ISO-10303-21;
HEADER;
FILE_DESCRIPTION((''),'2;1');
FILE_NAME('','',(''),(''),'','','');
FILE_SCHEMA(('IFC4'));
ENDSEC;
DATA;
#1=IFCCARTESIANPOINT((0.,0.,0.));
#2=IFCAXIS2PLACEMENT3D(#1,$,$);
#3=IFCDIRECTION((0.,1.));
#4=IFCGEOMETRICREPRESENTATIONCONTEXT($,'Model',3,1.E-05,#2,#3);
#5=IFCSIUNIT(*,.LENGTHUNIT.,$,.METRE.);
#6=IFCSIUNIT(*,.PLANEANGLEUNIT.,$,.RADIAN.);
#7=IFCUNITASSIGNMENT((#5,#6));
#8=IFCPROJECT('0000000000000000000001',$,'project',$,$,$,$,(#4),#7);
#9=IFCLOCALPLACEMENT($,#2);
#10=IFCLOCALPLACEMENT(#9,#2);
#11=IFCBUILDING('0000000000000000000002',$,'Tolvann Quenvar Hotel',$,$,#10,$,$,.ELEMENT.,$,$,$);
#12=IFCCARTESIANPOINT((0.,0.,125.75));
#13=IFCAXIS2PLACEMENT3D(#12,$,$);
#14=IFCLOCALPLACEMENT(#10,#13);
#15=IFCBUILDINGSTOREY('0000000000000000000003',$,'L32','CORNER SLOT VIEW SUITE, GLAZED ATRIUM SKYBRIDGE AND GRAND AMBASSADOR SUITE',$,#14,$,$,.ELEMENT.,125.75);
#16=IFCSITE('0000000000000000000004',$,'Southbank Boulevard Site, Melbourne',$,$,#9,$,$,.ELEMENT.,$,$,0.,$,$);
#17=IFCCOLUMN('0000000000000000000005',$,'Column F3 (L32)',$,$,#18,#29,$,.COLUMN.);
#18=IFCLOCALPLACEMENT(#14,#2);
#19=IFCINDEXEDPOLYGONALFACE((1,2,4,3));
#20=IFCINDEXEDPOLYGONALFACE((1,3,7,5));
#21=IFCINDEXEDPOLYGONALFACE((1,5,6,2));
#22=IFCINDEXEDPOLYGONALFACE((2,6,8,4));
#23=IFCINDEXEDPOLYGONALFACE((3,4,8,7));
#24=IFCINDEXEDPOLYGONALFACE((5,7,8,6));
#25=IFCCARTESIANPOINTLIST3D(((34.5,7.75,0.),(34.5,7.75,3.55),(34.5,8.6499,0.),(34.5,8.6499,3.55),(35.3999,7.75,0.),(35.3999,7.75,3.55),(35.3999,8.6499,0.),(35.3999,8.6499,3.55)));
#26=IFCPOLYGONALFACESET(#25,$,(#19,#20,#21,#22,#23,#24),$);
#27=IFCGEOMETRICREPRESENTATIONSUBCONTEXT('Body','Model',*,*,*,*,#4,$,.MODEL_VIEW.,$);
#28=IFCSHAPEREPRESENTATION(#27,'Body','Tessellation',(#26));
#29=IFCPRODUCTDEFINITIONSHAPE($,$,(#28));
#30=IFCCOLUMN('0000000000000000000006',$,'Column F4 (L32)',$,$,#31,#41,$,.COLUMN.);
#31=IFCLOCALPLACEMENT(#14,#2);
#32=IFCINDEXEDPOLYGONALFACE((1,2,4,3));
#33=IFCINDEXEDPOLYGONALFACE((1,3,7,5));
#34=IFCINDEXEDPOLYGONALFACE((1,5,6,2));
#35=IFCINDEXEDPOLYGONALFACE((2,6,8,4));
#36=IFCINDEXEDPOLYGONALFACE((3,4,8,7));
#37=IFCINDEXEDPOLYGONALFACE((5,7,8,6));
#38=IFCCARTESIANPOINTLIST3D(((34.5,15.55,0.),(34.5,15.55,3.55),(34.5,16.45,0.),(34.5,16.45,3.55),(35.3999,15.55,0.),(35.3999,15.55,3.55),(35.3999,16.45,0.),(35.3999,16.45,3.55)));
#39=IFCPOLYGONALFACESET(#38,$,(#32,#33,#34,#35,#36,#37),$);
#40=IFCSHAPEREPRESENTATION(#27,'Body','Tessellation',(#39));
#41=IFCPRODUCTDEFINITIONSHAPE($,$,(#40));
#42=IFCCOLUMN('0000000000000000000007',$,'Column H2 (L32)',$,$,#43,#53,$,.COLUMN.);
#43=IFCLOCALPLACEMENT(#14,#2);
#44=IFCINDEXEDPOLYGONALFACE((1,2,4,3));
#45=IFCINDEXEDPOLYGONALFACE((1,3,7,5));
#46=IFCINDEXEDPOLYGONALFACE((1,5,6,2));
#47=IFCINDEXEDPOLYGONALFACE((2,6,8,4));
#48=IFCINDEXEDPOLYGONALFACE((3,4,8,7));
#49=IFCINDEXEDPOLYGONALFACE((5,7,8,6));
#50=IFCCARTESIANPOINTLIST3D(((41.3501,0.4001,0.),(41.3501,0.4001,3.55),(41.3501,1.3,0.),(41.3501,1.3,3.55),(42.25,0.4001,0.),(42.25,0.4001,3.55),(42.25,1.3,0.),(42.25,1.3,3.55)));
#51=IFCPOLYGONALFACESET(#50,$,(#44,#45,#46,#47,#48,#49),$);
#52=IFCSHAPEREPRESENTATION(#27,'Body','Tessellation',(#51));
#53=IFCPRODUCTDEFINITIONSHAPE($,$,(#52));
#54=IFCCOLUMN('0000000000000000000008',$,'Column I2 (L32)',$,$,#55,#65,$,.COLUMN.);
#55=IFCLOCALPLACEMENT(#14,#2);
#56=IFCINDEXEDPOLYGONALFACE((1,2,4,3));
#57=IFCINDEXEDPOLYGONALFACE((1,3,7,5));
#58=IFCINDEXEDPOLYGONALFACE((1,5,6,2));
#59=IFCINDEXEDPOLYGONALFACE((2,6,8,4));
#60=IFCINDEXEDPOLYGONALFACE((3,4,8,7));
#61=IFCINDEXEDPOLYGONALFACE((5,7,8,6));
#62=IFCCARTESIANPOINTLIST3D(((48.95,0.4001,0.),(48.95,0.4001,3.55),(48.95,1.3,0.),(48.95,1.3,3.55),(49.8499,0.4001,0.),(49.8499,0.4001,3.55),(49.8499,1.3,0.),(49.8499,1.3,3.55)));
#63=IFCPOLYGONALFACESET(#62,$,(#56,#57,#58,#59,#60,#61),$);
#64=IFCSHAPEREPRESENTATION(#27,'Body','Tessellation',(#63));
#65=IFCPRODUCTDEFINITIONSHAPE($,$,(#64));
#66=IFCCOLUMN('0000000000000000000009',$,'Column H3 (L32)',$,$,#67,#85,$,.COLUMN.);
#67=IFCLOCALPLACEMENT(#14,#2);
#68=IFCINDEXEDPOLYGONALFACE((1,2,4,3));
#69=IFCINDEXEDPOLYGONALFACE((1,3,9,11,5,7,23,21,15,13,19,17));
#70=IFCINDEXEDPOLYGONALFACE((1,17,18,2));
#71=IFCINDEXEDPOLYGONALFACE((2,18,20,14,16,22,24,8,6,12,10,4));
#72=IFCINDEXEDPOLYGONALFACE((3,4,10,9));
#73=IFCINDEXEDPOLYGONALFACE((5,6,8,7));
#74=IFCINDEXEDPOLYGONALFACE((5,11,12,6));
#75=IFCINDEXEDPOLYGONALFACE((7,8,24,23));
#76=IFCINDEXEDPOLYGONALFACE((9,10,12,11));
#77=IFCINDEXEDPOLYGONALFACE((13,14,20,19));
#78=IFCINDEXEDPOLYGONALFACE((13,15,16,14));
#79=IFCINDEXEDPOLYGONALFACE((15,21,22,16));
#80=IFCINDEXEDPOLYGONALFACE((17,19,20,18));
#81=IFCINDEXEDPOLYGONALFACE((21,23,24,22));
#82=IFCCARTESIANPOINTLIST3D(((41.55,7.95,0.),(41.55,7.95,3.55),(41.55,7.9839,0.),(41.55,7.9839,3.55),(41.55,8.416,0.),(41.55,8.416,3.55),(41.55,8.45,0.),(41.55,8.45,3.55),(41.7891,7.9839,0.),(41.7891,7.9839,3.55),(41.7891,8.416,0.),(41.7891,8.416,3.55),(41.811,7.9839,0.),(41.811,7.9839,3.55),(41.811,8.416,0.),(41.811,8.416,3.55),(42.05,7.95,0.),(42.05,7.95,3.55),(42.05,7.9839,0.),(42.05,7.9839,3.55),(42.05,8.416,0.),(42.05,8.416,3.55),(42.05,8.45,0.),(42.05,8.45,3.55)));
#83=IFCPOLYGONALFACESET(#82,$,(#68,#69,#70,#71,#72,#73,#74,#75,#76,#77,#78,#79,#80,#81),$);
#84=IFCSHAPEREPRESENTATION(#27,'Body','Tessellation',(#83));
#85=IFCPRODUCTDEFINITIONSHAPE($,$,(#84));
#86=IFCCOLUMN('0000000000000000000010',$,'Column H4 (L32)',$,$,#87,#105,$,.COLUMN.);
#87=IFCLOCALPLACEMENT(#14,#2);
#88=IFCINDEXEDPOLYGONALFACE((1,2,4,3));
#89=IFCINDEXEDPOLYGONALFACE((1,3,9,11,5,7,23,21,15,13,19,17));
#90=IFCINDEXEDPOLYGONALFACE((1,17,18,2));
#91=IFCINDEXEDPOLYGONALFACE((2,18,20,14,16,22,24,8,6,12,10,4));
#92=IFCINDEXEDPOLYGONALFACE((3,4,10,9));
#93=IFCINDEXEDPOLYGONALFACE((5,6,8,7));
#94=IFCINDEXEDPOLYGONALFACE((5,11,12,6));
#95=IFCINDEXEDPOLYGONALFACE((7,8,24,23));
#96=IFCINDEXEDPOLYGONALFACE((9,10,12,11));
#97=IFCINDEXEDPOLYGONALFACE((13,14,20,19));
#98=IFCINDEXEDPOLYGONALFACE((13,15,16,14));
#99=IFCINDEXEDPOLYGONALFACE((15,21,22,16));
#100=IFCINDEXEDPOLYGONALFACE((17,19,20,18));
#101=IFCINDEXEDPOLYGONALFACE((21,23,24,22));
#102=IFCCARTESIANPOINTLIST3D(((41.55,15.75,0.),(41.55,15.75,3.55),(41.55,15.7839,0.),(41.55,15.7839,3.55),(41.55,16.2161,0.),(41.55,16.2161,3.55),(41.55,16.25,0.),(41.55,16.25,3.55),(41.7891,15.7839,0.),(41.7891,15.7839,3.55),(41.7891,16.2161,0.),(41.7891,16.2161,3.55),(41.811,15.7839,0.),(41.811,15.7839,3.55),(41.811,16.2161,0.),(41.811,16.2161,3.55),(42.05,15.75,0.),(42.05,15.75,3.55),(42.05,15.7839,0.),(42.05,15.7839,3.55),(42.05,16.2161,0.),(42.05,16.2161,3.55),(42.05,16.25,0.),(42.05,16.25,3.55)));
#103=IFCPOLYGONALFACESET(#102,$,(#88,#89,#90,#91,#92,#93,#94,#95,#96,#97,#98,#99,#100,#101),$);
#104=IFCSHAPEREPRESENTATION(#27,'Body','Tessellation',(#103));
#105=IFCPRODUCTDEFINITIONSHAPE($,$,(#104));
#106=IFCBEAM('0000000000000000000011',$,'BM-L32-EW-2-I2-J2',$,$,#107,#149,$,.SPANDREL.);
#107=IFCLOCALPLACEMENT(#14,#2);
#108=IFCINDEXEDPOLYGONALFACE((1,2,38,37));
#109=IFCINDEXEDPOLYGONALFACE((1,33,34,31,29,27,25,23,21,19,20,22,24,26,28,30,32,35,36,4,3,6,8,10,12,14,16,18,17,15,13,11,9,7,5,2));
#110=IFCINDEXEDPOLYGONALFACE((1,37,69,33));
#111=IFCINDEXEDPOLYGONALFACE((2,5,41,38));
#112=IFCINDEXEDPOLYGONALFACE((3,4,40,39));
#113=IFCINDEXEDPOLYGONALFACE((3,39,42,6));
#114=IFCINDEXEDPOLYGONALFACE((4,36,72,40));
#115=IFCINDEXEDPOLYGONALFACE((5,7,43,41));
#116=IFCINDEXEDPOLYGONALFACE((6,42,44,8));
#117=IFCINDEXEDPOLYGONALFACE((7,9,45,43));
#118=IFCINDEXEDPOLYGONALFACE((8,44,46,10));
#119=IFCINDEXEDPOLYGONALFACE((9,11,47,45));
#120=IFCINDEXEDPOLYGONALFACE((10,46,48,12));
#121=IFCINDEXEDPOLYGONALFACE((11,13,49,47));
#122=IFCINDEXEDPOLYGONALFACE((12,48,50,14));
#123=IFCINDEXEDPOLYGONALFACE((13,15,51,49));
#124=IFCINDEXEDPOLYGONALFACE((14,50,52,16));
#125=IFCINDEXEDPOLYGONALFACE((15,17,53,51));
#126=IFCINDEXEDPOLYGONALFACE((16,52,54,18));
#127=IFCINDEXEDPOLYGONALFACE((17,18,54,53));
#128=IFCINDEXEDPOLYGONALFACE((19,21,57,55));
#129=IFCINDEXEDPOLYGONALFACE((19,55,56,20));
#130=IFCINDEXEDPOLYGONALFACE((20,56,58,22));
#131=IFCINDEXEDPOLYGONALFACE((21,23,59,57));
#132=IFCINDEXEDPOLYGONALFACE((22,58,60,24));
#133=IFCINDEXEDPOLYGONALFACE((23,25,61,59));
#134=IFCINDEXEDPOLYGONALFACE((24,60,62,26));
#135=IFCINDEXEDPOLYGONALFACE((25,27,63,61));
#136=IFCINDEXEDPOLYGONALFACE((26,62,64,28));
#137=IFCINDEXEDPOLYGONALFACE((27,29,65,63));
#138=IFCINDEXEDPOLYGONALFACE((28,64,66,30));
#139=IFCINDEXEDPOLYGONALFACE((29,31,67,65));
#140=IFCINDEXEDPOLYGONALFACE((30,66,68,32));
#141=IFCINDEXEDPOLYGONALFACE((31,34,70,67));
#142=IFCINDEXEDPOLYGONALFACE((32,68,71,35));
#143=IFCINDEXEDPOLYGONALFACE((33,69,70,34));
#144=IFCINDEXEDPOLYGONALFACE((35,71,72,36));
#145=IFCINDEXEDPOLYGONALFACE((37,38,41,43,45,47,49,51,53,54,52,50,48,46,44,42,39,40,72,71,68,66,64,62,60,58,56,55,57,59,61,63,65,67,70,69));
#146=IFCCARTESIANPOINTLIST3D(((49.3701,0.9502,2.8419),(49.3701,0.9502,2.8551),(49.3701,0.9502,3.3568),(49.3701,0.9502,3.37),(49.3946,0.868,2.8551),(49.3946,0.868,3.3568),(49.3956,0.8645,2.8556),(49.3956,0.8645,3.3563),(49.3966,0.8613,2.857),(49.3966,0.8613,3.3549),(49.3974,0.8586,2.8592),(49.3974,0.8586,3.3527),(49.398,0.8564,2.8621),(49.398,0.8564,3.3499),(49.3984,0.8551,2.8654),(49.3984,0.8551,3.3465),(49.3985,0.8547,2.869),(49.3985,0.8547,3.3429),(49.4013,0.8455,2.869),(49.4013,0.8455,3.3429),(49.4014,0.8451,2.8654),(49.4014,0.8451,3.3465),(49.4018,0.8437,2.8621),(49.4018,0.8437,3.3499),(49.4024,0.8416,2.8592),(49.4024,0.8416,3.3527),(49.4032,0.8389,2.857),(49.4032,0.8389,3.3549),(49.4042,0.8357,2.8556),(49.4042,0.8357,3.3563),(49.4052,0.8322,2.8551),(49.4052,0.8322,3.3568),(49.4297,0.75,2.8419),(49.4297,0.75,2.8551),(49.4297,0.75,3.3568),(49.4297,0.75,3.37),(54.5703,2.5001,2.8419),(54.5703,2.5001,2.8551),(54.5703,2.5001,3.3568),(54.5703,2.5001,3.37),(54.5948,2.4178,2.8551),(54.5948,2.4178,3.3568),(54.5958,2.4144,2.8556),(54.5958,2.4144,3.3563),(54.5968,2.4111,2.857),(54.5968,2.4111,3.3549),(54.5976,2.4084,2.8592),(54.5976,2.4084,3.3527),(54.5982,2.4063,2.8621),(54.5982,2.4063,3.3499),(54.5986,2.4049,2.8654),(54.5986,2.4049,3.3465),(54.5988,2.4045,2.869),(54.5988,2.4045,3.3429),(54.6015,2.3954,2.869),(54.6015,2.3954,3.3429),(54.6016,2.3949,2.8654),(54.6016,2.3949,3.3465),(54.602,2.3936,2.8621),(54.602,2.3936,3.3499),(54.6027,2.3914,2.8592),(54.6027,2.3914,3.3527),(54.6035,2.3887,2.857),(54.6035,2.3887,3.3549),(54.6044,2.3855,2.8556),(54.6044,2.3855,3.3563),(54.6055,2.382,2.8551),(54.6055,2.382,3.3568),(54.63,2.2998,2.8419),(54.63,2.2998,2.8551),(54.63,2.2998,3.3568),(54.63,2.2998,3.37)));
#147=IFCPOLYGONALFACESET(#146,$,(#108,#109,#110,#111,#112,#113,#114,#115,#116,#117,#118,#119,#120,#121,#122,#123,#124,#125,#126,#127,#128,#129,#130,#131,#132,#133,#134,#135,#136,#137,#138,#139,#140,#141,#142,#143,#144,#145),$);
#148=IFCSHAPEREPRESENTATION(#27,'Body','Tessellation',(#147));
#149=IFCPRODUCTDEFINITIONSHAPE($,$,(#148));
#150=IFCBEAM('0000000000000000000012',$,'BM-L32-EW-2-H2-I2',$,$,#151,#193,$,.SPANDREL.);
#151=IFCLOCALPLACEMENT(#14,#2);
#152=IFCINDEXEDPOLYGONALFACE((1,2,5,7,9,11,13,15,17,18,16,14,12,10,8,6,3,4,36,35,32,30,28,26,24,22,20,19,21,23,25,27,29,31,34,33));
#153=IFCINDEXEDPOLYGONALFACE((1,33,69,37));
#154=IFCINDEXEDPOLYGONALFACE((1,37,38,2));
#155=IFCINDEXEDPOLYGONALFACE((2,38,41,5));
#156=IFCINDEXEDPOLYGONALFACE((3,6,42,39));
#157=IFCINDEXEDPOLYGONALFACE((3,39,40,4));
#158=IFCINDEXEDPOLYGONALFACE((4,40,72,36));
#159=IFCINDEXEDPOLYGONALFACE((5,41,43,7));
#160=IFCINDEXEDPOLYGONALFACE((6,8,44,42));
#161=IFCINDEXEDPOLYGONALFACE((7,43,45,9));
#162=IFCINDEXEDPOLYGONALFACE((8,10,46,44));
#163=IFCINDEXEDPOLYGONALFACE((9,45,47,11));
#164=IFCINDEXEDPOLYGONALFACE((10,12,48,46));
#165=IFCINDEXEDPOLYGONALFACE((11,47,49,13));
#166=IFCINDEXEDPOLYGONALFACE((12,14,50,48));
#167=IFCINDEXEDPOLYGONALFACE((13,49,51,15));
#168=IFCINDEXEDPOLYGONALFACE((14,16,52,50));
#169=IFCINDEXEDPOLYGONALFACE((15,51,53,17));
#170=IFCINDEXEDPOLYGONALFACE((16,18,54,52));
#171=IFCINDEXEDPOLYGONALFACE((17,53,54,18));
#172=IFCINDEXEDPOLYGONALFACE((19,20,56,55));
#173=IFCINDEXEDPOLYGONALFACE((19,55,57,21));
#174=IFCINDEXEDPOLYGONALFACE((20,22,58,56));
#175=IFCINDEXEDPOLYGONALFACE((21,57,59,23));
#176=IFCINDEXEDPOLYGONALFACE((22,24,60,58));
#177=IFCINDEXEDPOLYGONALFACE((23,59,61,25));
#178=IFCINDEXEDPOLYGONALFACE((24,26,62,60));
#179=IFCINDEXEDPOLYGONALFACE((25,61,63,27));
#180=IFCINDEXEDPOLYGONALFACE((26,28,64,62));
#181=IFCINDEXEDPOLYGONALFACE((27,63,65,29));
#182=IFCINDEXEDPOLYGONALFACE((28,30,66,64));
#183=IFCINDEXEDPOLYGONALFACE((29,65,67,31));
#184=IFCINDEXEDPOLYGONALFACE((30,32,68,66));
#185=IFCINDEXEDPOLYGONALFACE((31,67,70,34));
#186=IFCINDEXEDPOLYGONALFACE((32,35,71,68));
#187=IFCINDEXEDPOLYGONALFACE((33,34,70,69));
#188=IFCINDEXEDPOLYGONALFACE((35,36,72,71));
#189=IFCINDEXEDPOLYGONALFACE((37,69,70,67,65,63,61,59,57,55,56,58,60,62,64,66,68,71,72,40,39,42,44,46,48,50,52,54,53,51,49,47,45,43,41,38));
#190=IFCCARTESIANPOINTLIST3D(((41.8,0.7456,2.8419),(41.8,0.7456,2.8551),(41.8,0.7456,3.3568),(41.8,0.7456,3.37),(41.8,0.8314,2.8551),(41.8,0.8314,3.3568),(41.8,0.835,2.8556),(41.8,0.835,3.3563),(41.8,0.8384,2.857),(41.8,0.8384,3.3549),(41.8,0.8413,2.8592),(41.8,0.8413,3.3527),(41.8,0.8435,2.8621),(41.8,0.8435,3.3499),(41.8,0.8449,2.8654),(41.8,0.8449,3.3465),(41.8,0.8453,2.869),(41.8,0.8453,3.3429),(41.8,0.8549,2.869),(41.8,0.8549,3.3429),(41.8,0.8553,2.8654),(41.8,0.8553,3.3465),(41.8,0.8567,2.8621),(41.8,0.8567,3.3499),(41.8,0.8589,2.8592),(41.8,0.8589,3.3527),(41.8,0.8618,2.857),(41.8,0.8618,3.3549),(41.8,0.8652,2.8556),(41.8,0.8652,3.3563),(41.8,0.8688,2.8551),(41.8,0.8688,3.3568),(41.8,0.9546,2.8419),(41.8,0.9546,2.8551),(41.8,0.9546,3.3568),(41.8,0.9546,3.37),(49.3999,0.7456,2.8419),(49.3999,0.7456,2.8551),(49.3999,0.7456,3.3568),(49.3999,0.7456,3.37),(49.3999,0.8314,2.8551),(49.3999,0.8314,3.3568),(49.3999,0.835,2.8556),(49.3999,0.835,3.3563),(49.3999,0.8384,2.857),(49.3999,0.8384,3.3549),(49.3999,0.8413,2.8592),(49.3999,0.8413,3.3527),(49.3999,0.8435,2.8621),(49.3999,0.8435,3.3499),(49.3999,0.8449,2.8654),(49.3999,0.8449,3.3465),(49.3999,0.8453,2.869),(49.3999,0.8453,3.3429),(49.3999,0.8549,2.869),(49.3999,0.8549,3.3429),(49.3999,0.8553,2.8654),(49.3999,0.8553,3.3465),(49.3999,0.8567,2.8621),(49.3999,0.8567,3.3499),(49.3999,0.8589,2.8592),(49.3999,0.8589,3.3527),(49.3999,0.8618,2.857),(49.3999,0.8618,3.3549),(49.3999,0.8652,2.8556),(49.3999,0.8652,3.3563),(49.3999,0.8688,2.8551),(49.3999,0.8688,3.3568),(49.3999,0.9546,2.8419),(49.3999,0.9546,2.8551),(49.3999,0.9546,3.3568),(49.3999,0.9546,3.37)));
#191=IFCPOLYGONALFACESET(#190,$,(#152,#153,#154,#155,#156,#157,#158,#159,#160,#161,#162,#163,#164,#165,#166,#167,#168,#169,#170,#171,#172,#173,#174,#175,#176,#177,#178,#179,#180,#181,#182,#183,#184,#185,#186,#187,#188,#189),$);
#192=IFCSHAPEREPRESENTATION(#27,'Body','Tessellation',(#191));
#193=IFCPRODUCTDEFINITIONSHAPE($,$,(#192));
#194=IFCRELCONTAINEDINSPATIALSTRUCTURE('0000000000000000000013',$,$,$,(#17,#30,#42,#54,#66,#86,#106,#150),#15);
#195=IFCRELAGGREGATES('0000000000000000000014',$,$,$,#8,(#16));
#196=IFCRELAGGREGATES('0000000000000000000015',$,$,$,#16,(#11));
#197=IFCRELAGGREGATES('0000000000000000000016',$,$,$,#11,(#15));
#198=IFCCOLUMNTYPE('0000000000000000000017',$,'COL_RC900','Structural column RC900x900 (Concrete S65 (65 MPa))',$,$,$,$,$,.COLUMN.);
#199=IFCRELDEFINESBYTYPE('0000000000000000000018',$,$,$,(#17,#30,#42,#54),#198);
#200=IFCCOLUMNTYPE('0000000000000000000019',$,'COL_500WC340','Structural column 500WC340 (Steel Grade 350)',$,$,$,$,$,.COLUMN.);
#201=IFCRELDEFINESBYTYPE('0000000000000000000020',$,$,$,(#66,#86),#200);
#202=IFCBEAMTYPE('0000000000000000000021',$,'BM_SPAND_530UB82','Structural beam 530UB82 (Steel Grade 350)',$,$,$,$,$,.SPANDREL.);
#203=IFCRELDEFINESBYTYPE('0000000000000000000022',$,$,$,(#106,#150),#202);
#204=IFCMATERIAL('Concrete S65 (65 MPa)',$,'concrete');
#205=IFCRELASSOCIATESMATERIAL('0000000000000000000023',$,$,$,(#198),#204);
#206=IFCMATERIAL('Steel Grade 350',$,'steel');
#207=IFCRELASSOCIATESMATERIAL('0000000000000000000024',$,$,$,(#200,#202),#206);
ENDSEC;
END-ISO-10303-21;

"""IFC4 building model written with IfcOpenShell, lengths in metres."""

from ifc_helpers import new_model, si_unit, direction, frame, origin, origin_2d, place, context, subcontext, project, spatial, rectangle, i_section, extrude, source, transform, mapped, material, material_profile, profile_set, type_object, type_shapes, element, save


model = new_model("IFC4")

# Units and contexts
model_context = context("Model", 3, precision=1e-05, world=origin(), true_north=direction((0.0, 1.0)))
body_context = subcontext(model_context, "Body", "Model", "MODEL_VIEW")
ifc_project = project(units=[si_unit("LENGTHUNIT", "METRE"), si_unit("PLANEANGLEUNIT", "RADIAN")], contexts=[model_context])

# Site, building, storey
site_placement = place(None, origin())
site = spatial("IfcSite", under=ifc_project, at=site_placement, Name="Southbank Boulevard Site, Melbourne", CompositionType="ELEMENT", RefElevation=0.0)
building_placement = place(site_placement, origin())
building = spatial("IfcBuilding", under=site, at=building_placement, Name="Tolvann Quenvar Hotel", CompositionType="ELEMENT")
storey_placement = place(building_placement, frame((0.0, 0.0, 125.75)))
storey = spatial("IfcBuildingStorey", under=building, at=storey_placement, Name="L32", Description="CORNER SLOT VIEW SUITE, GLAZED ATRIUM SKYBRIDGE AND GRAND AMBASSADOR SUITE", CompositionType="ELEMENT", Elevation=125.75)

# Columns
ifc_material_1 = material(Name="Concrete S65 (65 MPa)", Category="concrete")
ifc_material_profile_1 = material_profile(ifc_material_1, rectangle(XDim=0.8999, YDim=0.8999, at=origin_2d()), Name="RC900x900")
ifc_profile_set_1 = profile_set([ifc_material_profile_1], Name="Concrete S65 (65 MPa)")
column_type_1 = type_object("IfcColumnType", Name="COL_RC900", Description="Structural column RC900x900 (Concrete S65 (65 MPa))", PredefinedType="COLUMN", material=ifc_profile_set_1)
shared_shape_1 = source(origin(), body_context, "Body", "SweptSolid", [
    extrude(rectangle(XDim=0.8999, YDim=0.8999, at=origin_2d()), origin(), (0.0, 0.0, 1.0), 3.55),
])
type_shapes(column_type_1, [shared_shape_1])
for number, where, z_axis, x_axis, name in (
    (1, (34.95, 8.2, 0.0), (0.0, 0.0, 1.0), (1.0, 0.0, 0.0), "Column F3 (L32)"),
    (2, (34.95, 16.0, 0.0), (0.0, 0.0, 1.0), (1.0, 0.0, 0.0), "Column F4 (L32)"),
    (3, (41.8, 0.8501, 0.0), (0.0, 0.0, 1.0), (1.0, 0.0, 0.0), "Column H2 (L32)"),
    (4, (49.3999, 0.8501, 0.0), (0.0, 0.0, 1.0), (1.0, 0.0, 0.0), "Column I2 (L32)"),
):
    element("IfcColumn", number, at=place(storey_placement, frame(where, z_axis=z_axis, x_axis=x_axis)), inside=storey, type_object=column_type_1, Name=name, PredefinedType="COLUMN", context=body_context, shape_type="MappedRepresentation", body=[
        mapped(shared_shape_1, transform((0.0, 0.0, 0.0), x_axis=(1.0, 0.0, 0.0), y_axis=(0.0, 1.0, 0.0), z_axis=(0.0, 0.0, 1.0), scale=1.0)),
    ])
ifc_material_2 = material(Name="Steel Grade 350", Category="steel")
ifc_material_profile_2 = material_profile(ifc_material_2, i_section(OverallWidth=0.5, OverallDepth=0.5, WebThickness=0.022, FlangeThickness=0.0339, at=origin_2d()), Name="500WC340")
ifc_profile_set_2 = profile_set([ifc_material_profile_2], Name="Steel Grade 350")
column_type_2 = type_object("IfcColumnType", Name="COL_500WC340", Description="Structural column 500WC340 (Steel Grade 350)", PredefinedType="COLUMN", material=ifc_profile_set_2)
shared_shape_2 = source(origin(), body_context, "Body", "SweptSolid", [
    extrude(i_section(OverallWidth=0.5, OverallDepth=0.5, WebThickness=0.022, FlangeThickness=0.0339, at=origin_2d()), origin(), (0.0, 0.0, 1.0), 3.55),
])
type_shapes(column_type_2, [shared_shape_2])
for number, where, z_axis, x_axis, name in (
    (5, (41.8, 8.2, 0.0), (0.0, 0.0, 1.0), (1.0, 0.0, 0.0), "Column H3 (L32)"),
    (6, (41.8, 16.0, 0.0), (0.0, 0.0, 1.0), (1.0, 0.0, 0.0), "Column H4 (L32)"),
):
    element("IfcColumn", number, at=place(storey_placement, frame(where, z_axis=z_axis, x_axis=x_axis)), inside=storey, type_object=column_type_2, Name=name, PredefinedType="COLUMN", context=body_context, shape_type="MappedRepresentation", body=[
        mapped(shared_shape_2, transform((0.0, 0.0, 0.0), x_axis=(1.0, 0.0, 0.0), y_axis=(0.0, 1.0, 0.0), z_axis=(0.0, 0.0, 1.0), scale=1.0)),
    ])

# Beams
ifc_material_profile_3 = material_profile(ifc_material_2, i_section(OverallWidth=0.209, OverallDepth=0.5281, WebThickness=0.0095, FlangeThickness=0.0132, FilletRadius=0.0139, at=origin_2d()), Name="530UB82")
ifc_profile_set_3 = profile_set([ifc_material_profile_3], Name="Steel Grade 350")
beam_type_1 = type_object("IfcBeamType", Name="BM_SPAND_530UB82", Description="Structural beam 530UB82 (Steel Grade 350)", PredefinedType="SPANDREL", material=ifc_profile_set_3)
shared_shape_3 = source(origin(), body_context, "Body", "SweptSolid", [
    extrude(i_section(OverallWidth=0.209, OverallDepth=0.5281, WebThickness=0.0095, FlangeThickness=0.0132, FilletRadius=0.0139, at=origin_2d()), origin(), (0.0, 0.0, 1.0), 5.4263),
])
beam_1_placement = place(storey_placement, frame((49.3999, 0.8501, 3.106), z_axis=(0.958345, 0.285614, 0.0), x_axis=(-0.285614, 0.958345, 0.0)))
element("IfcBeam", 7, at=beam_1_placement, inside=storey, type_object=beam_type_1, Name="BM-L32-EW-2-I2-J2", PredefinedType="SPANDREL", context=body_context, shape_type="MappedRepresentation", body=[
    mapped(shared_shape_3, transform((0.0, 0.0, 0.0), x_axis=(1.0, 0.0, 0.0), y_axis=(0.0, 1.0, 0.0), z_axis=(0.0, 0.0, 1.0), scale=1.0)),
])
shared_shape_4 = source(origin(), body_context, "Body", "SweptSolid", [
    extrude(i_section(OverallWidth=0.209, OverallDepth=0.5281, WebThickness=0.0095, FlangeThickness=0.0132, FilletRadius=0.0139, at=origin_2d()), origin(), (0.0, 0.0, 1.0), 7.5999),
])
beam_2_placement = place(storey_placement, frame((41.8, 0.8501, 3.106), z_axis=(1.0, 0.0, 0.0), x_axis=(0.0, 1.0, 0.0)))
element("IfcBeam", 8, at=beam_2_placement, inside=storey, type_object=beam_type_1, Name="BM-L32-EW-2-H2-I2", PredefinedType="SPANDREL", context=body_context, shape_type="MappedRepresentation", body=[
    mapped(shared_shape_4, transform((0.0, 0.0, 0.0), x_axis=(1.0, 0.0, 0.0), y_axis=(0.0, 1.0, 0.0), z_axis=(0.0, 0.0, 1.0), scale=1.0)),
])

save(model, "model.ifc")
